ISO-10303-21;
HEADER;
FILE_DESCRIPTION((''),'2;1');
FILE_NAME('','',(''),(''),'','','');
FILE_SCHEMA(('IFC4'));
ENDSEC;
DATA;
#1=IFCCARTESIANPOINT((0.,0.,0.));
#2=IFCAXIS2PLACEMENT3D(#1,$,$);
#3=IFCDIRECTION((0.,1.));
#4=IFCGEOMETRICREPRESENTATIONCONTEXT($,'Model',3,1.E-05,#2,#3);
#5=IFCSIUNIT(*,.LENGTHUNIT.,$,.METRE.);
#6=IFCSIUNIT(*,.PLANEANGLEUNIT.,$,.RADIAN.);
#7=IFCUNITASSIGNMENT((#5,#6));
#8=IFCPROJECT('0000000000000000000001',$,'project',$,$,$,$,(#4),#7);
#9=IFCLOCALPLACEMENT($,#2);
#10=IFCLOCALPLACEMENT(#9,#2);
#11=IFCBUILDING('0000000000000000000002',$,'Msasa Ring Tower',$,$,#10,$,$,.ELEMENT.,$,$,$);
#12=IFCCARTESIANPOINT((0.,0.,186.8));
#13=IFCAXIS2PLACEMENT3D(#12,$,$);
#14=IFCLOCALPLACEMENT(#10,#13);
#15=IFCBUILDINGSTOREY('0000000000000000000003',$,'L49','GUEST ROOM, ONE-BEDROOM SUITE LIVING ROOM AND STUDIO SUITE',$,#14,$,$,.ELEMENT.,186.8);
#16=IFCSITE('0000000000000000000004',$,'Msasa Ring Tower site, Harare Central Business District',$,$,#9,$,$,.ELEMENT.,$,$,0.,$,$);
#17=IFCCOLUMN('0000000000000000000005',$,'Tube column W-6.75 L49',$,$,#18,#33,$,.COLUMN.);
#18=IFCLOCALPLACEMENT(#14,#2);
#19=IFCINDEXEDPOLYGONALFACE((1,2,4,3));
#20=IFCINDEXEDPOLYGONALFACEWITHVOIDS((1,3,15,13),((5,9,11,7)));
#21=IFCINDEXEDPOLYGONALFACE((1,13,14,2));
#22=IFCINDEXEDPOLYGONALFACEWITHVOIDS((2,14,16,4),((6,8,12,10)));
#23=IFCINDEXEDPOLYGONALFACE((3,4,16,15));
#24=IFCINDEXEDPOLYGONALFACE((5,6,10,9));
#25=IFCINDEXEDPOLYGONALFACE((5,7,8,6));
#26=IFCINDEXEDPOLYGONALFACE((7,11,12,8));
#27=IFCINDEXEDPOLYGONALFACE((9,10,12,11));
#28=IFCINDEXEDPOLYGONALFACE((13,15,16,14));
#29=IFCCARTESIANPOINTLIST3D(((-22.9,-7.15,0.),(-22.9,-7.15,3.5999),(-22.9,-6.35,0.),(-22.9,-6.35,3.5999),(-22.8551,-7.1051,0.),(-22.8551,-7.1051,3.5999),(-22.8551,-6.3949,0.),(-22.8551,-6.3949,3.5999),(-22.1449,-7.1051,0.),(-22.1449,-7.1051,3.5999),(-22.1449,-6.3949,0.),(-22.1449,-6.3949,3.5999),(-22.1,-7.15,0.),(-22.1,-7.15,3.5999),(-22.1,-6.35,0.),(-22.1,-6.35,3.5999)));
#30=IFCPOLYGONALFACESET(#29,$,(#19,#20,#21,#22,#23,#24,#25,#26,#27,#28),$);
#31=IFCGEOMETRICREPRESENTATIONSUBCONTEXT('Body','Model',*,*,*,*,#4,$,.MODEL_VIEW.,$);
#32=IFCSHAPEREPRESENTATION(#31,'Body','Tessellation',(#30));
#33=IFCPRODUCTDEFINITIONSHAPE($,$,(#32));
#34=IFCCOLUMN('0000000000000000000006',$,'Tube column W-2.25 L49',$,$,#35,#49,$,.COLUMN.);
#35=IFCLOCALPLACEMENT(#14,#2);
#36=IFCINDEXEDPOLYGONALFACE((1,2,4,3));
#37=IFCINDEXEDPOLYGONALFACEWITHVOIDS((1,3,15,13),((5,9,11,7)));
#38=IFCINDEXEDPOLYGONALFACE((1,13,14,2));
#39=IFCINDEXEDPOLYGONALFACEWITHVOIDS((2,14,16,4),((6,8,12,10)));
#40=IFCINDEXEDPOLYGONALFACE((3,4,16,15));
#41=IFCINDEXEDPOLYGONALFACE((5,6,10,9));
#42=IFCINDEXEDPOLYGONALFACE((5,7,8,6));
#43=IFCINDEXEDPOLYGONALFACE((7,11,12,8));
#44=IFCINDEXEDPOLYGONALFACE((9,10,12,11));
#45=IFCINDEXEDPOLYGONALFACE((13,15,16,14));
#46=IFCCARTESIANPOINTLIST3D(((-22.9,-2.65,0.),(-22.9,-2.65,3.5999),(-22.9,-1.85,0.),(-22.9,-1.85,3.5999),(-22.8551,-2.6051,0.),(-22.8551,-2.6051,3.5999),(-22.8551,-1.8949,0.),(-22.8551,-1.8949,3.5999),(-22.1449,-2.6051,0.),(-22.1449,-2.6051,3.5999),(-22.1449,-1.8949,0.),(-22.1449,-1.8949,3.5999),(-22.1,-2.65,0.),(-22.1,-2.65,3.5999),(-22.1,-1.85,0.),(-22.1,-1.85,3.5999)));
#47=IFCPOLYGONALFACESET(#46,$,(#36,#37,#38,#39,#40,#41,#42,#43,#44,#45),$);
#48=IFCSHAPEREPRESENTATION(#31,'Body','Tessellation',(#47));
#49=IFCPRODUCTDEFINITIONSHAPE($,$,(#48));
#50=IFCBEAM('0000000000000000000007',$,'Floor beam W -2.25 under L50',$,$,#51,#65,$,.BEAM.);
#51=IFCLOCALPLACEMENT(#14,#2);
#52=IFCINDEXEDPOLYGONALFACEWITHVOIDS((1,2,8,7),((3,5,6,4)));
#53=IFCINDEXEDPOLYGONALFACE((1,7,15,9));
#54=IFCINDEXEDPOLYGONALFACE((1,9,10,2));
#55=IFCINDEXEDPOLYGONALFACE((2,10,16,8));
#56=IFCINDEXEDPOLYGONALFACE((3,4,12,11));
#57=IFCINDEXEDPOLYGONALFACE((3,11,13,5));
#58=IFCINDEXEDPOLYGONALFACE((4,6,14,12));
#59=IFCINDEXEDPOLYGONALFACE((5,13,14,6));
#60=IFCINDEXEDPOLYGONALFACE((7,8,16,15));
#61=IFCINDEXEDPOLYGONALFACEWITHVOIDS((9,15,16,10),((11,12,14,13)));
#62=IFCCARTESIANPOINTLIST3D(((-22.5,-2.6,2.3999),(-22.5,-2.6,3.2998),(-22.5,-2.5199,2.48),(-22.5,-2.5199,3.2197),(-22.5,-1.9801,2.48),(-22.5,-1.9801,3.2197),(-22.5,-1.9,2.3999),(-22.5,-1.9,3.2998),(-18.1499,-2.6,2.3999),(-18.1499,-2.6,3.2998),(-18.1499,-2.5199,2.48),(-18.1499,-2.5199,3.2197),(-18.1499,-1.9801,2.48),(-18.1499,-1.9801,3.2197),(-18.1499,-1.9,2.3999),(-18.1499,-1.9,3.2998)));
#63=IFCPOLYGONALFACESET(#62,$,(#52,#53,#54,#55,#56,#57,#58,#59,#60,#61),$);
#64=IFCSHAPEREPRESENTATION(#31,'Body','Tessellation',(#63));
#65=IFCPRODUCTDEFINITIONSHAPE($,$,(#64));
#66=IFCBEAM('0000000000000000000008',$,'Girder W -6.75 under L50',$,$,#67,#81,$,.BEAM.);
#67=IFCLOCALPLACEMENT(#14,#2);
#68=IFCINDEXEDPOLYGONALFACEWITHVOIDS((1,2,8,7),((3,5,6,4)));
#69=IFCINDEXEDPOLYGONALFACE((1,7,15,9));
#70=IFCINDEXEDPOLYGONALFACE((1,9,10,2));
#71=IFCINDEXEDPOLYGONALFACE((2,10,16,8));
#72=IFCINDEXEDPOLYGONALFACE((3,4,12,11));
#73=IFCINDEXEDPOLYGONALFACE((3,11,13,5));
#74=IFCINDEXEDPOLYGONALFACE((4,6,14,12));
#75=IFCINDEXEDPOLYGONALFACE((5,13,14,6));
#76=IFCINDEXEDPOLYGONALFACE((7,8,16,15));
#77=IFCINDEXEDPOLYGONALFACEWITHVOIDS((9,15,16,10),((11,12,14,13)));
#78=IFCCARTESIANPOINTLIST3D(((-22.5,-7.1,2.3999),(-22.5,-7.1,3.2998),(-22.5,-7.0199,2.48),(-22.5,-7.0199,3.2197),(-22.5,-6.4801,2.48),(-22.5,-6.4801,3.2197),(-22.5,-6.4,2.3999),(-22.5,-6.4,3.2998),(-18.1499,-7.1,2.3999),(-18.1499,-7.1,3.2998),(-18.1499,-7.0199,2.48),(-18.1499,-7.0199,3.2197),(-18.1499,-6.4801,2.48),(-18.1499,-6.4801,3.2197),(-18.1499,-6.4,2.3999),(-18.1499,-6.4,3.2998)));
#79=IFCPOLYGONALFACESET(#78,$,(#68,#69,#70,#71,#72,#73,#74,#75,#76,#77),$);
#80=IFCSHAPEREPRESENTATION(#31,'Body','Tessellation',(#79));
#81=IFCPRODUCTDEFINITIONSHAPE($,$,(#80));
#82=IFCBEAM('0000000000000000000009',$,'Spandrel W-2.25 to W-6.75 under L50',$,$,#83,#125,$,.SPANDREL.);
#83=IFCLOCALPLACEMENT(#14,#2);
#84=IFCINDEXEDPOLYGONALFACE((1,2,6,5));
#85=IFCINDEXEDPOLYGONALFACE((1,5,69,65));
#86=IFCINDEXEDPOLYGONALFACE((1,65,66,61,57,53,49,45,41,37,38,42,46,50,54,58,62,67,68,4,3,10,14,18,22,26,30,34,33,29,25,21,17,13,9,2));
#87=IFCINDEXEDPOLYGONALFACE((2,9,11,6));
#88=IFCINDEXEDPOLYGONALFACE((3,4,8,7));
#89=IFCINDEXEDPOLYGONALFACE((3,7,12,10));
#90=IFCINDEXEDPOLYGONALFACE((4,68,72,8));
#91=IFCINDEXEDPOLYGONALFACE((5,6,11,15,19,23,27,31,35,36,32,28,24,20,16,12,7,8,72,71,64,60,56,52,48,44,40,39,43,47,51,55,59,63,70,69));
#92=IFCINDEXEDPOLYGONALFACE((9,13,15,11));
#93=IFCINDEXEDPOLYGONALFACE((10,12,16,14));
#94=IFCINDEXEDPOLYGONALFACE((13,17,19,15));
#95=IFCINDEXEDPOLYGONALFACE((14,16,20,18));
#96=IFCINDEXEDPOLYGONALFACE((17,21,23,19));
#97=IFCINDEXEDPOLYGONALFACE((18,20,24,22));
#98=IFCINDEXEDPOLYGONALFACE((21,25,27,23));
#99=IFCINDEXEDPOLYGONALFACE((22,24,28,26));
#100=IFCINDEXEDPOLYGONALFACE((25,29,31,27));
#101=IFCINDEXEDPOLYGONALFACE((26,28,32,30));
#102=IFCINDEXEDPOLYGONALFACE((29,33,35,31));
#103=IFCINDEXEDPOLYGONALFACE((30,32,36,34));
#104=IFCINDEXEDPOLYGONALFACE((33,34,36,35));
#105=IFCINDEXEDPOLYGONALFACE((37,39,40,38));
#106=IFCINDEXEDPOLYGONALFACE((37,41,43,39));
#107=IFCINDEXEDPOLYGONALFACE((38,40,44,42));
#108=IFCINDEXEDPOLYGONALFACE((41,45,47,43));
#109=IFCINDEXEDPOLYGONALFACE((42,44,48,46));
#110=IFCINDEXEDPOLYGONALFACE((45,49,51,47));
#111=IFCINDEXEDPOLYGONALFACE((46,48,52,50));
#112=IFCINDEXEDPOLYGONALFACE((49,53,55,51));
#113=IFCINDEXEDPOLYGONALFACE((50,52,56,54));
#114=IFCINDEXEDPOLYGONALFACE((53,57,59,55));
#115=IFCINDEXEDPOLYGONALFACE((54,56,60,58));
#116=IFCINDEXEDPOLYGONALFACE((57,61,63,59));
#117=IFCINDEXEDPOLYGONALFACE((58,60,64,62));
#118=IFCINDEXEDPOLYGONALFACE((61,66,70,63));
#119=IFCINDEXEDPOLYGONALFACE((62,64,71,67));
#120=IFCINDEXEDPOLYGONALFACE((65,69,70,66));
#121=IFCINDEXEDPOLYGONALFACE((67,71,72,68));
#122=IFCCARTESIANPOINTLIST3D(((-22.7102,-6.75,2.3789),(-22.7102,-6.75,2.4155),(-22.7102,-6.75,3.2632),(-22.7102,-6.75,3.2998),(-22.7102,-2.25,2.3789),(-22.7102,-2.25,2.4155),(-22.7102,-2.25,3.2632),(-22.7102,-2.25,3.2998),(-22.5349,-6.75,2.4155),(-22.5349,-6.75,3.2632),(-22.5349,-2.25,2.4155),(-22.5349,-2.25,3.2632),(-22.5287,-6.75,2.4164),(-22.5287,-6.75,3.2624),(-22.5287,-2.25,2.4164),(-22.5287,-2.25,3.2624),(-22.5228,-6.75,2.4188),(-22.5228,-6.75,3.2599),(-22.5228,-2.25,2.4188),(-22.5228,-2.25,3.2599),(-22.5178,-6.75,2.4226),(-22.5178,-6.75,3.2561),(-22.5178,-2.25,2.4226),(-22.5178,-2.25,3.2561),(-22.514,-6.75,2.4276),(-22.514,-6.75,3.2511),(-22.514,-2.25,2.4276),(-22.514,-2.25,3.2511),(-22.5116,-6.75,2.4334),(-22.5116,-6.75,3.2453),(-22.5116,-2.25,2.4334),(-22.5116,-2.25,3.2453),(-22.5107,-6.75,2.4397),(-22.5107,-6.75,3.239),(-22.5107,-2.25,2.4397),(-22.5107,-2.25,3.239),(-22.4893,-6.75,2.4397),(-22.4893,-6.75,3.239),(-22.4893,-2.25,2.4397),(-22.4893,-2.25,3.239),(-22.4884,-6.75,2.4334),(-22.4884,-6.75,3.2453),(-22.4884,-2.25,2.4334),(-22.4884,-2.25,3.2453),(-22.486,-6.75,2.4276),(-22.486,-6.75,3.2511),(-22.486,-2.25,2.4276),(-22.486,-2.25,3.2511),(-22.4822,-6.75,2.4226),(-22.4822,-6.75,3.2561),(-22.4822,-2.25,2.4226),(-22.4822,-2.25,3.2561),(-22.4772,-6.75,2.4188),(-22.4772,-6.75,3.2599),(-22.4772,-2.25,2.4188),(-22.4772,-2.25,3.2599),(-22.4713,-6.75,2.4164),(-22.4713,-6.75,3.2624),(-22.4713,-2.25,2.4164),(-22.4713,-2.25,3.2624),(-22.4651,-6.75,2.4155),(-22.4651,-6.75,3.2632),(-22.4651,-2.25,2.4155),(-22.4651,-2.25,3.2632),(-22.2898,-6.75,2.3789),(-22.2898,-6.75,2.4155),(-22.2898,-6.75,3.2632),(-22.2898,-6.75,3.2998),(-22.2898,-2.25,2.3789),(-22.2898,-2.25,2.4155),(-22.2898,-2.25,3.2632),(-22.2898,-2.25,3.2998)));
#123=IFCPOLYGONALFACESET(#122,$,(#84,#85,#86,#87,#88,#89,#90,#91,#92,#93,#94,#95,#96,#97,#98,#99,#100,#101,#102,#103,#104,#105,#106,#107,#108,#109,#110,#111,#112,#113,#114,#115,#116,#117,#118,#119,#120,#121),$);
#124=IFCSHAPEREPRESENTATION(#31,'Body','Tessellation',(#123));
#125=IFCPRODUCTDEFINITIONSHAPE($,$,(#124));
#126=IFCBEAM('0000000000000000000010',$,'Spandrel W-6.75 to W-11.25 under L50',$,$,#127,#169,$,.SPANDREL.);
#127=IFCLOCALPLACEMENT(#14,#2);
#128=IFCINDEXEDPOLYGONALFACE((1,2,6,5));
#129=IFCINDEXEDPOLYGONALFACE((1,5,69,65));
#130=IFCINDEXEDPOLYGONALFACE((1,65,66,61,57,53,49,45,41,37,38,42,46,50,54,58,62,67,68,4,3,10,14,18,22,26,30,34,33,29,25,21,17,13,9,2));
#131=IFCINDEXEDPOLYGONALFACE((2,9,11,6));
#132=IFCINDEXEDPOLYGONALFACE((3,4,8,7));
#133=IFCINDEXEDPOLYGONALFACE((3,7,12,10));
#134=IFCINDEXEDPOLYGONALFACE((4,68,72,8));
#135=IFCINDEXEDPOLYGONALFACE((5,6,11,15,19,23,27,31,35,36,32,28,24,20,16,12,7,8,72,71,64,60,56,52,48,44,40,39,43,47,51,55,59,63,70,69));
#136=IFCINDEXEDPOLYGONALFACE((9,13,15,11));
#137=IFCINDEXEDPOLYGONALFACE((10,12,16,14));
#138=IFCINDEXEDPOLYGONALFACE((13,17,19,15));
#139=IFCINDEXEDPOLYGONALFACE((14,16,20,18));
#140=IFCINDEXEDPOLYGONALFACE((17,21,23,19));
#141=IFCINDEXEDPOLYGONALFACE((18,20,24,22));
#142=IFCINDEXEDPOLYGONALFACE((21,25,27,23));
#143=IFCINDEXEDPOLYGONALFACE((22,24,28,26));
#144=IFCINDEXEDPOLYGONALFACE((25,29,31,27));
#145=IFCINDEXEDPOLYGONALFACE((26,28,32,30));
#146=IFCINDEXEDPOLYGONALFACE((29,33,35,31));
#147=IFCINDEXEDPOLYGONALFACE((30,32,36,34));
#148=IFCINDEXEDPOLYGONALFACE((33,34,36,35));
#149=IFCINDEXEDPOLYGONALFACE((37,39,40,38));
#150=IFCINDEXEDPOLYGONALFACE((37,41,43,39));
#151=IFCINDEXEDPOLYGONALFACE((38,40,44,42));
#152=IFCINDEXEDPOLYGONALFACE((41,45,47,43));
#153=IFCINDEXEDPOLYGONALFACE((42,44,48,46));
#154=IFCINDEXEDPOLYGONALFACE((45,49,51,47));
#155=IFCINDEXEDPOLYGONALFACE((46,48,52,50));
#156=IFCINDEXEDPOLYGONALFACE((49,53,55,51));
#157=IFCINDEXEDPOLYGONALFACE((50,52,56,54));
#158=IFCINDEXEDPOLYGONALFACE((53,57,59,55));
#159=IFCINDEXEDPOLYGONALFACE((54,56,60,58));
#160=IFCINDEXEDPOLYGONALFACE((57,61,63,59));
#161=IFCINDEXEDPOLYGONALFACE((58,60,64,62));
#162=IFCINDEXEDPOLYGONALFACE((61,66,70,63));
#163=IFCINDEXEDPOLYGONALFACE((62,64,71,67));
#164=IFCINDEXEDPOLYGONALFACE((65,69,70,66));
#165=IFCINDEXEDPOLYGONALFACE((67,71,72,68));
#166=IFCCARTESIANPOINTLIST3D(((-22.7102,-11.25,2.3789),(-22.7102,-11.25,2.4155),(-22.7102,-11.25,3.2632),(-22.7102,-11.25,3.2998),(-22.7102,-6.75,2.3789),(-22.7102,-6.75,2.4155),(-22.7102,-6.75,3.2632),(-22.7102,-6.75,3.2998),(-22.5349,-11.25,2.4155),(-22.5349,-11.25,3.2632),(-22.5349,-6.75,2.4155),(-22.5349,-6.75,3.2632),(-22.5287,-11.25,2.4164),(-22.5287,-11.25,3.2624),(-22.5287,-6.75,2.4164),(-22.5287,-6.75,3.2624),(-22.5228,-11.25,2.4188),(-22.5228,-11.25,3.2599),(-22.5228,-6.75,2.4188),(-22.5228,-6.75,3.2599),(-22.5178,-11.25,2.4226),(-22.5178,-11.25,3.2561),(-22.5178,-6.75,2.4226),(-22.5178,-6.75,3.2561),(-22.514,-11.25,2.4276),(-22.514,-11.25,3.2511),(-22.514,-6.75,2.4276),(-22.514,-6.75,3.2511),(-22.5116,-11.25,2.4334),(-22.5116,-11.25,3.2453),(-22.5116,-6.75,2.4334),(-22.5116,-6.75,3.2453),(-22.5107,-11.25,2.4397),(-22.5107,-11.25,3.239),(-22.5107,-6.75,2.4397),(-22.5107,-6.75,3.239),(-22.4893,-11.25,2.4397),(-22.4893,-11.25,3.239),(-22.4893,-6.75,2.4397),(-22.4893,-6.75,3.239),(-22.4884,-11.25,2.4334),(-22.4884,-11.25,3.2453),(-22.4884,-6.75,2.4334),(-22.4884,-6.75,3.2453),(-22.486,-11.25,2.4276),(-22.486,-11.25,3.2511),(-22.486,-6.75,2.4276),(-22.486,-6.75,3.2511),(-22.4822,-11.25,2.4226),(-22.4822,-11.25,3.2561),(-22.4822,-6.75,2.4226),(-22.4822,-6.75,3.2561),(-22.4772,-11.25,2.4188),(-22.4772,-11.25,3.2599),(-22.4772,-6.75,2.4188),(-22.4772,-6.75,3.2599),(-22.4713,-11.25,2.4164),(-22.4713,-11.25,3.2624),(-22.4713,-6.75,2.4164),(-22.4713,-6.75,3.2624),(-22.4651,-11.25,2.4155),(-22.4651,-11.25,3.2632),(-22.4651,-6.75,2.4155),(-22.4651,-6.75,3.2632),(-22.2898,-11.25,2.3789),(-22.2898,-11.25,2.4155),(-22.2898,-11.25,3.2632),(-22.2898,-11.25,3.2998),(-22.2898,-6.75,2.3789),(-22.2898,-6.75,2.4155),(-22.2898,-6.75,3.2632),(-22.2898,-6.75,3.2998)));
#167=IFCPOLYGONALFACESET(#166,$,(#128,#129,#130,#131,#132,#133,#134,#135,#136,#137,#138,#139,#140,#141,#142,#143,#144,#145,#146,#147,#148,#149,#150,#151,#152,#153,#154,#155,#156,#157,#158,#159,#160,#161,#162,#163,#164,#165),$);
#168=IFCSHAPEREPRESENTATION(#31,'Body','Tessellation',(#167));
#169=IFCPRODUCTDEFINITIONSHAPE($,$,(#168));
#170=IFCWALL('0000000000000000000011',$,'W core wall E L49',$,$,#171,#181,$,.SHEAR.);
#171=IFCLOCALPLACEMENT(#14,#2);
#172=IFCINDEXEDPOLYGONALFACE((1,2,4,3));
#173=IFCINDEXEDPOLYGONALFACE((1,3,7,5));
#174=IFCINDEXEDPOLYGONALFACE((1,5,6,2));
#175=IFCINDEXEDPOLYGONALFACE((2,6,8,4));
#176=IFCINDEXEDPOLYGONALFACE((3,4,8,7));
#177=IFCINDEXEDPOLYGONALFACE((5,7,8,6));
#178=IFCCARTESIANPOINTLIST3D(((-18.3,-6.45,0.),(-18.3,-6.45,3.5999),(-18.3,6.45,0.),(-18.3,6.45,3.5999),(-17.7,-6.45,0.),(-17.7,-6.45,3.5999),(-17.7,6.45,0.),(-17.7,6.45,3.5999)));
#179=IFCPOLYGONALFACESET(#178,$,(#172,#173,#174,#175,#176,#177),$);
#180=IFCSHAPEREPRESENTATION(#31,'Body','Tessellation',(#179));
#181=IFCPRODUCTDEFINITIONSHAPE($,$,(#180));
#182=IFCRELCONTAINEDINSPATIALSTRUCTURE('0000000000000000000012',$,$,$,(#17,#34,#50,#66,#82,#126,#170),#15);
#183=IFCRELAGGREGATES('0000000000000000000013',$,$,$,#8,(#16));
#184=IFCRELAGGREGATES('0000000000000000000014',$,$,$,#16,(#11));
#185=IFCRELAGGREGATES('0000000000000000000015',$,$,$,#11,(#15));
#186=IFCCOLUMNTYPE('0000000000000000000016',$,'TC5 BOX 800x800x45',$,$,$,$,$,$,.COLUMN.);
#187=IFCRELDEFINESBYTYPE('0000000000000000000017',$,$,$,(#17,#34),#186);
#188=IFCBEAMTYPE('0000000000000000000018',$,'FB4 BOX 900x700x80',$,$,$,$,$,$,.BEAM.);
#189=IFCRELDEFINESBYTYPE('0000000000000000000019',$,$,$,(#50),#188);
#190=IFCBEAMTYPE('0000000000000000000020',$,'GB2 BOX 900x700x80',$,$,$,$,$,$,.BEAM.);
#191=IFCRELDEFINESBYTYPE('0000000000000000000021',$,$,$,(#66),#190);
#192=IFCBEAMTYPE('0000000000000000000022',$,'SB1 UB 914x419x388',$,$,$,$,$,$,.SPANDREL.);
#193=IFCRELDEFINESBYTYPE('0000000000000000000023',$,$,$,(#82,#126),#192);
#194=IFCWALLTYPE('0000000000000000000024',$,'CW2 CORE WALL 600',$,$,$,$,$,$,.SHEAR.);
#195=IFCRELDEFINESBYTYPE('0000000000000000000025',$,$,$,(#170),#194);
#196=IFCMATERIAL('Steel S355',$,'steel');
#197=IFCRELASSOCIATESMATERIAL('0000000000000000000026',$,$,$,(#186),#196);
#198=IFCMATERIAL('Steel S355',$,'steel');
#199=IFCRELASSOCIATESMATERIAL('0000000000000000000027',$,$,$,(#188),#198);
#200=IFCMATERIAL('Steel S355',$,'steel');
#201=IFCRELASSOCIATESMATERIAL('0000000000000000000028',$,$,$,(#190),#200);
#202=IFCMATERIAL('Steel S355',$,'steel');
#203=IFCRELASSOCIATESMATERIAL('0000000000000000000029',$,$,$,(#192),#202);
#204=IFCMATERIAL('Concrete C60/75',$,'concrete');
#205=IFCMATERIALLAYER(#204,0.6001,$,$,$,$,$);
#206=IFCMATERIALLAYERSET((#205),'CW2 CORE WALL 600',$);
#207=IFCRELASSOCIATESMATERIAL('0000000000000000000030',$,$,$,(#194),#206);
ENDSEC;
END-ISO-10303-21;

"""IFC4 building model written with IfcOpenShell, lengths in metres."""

from ifc_helpers import new_model, si_unit, direction, frame, frame_2d, origin, origin_2d, place, context, subcontext, project, spatial, rectangle, hollow_rectangle, i_section, extrude, material, layer, layer_set, material_profile, profile_set, type_object, element, save


model = new_model("IFC4")

# Units and contexts
model_context = context("Model", 3, precision=1e-05, world=origin(), true_north=direction((0.0, 1.0)))
body_context = subcontext(model_context, "Body", "Model", "MODEL_VIEW")
ifc_project = project(units=[si_unit("LENGTHUNIT", "METRE"), si_unit("PLANEANGLEUNIT", "RADIAN")], contexts=[model_context])

# Site, building, storey
site_placement = place(None, origin())
site = spatial("IfcSite", under=ifc_project, at=site_placement, Name="Msasa Ring Tower site, Harare Central Business District", CompositionType="ELEMENT", RefElevation=0.0)
building_placement = place(site_placement, origin())
building = spatial("IfcBuilding", under=site, at=building_placement, Name="Msasa Ring Tower", CompositionType="ELEMENT")
storey_placement = place(building_placement, frame((0.0, 0.0, 186.8)))
storey = spatial("IfcBuildingStorey", under=building, at=storey_placement, Name="L49", Description="GUEST ROOM, ONE-BEDROOM SUITE LIVING ROOM AND STUDIO SUITE", CompositionType="ELEMENT", Elevation=186.8)

# Columns
ifc_material_1 = material(Name="Steel S355", Category="steel")
ifc_material_profile_1 = material_profile(ifc_material_1, hollow_rectangle(XDim=0.8, YDim=0.8, WallThickness=0.0449, at=origin_2d()), Name="BOX 800x800x45")
ifc_profile_set_1 = profile_set([ifc_material_profile_1], Name="Steel S355")
column_type = type_object("IfcColumnType", Name="TC5 BOX 800x800x45", PredefinedType="COLUMN", material=ifc_profile_set_1)
for number, where, z_axis, x_axis, name in (
    (1, (-22.5, -6.75, 0.0), (0.0, 0.0, 1.0), (1.0, 0.0, 0.0), "Tube column W-6.75 L49"),
    (2, (-22.5, -2.25, 0.0), (0.0, 0.0, 1.0), (1.0, 0.0, 0.0), "Tube column W-2.25 L49"),
):
    element("IfcColumn", number, at=place(storey_placement, frame(where, z_axis=z_axis, x_axis=x_axis)), inside=storey, type_object=column_type, Name=name, PredefinedType="COLUMN", context=body_context, shape_type="SweptSolid", body=[
        extrude(hollow_rectangle(XDim=0.8, YDim=0.8, WallThickness=0.0449, at=origin_2d()), origin(), (0.0, 0.0, 1.0), 3.5999),
    ])

# Beams
ifc_material_2 = material(Name="Steel S355", Category="steel")
ifc_material_profile_2 = material_profile(ifc_material_2, hollow_rectangle(XDim=0.7, YDim=0.8999, WallThickness=0.0801, at=origin_2d()), Name="BOX 900x700x80")
ifc_profile_set_2 = profile_set([ifc_material_profile_2], Name="Steel S355")
beam_type_1 = type_object("IfcBeamType", Name="FB4 BOX 900x700x80", PredefinedType="BEAM", material=ifc_profile_set_2)
beam_1_placement = place(storey_placement, frame((-22.5, -2.25, 2.8499), z_axis=(1.0, 0.0, 0.0), x_axis=(0.0, 1.0, 0.0)))
element("IfcBeam", 3, at=beam_1_placement, inside=storey, type_object=beam_type_1, Name="Floor beam W -2.25 under L50", PredefinedType="BEAM", context=body_context, shape_type="SweptSolid", body=[
    extrude(hollow_rectangle(XDim=0.7, YDim=0.8999, WallThickness=0.0801, at=origin_2d()), origin(), (0.0, 0.0, 1.0), 4.3501),
])
ifc_material_3 = material(Name="Steel S355", Category="steel")
ifc_material_profile_3 = material_profile(ifc_material_3, hollow_rectangle(XDim=0.7, YDim=0.8999, WallThickness=0.0801, at=origin_2d()), Name="BOX 900x700x80")
ifc_profile_set_3 = profile_set([ifc_material_profile_3], Name="Steel S355")
beam_type_2 = type_object("IfcBeamType", Name="GB2 BOX 900x700x80", PredefinedType="BEAM", material=ifc_profile_set_3)
beam_2_placement = place(storey_placement, frame((-18.1499, -6.75, 2.8499), z_axis=(-1.0, 0.0, 0.0), x_axis=(0.0, -1.0, 0.0)))
element("IfcBeam", 4, at=beam_2_placement, inside=storey, type_object=beam_type_2, Name="Girder W -6.75 under L50", PredefinedType="BEAM", context=body_context, shape_type="SweptSolid", body=[
    extrude(hollow_rectangle(XDim=0.7, YDim=0.8999, WallThickness=0.0801, at=origin_2d()), origin(), (0.0, 0.0, 1.0), 4.3501),
])
ifc_material_4 = material(Name="Steel S355", Category="steel")
ifc_material_profile_4 = material_profile(ifc_material_4, i_section(OverallWidth=0.4204, OverallDepth=0.9209, WebThickness=0.0215, FlangeThickness=0.0366, FilletRadius=0.0242, at=origin_2d()), Name="UB 914x419x388")
ifc_profile_set_4 = profile_set([ifc_material_profile_4], Name="Steel S355")
beam_type_3 = type_object("IfcBeamType", Name="SB1 UB 914x419x388", PredefinedType="SPANDREL", material=ifc_profile_set_4)
for number, where, z_axis, x_axis, name in (
    (5, (-22.5, -2.25, 2.8394), (0.0, -1.0, 0.0), (1.0, 0.0, 0.0), "Spandrel W-2.25 to W-6.75 under L50"),
    (6, (-22.5, -6.75, 2.8394), (0.0, -1.0, 0.0), (1.0, 0.0, 0.0), "Spandrel W-6.75 to W-11.25 under L50"),
):
    element("IfcBeam", number, at=place(storey_placement, frame(where, z_axis=z_axis, x_axis=x_axis)), inside=storey, type_object=beam_type_3, Name=name, PredefinedType="SPANDREL", context=body_context, shape_type="SweptSolid", body=[
        extrude(i_section(OverallWidth=0.4204, OverallDepth=0.9209, WebThickness=0.0215, FlangeThickness=0.0366, FilletRadius=0.0242, at=origin_2d()), origin(), (0.0, 0.0, 1.0), 4.5),
    ])

# Wall
ifc_material_5 = material(Name="Concrete C60/75", Category="concrete")
ifc_layer_1 = layer(ifc_material_5, 0.6001)
ifc_layer_set_1 = layer_set([ifc_layer_1], Name="CW2 CORE WALL 600")
wall_type_1 = type_object("IfcWallType", Name="CW2 CORE WALL 600", PredefinedType="SHEAR", material=ifc_layer_set_1)
wall_1_placement = place(storey_placement, frame((-18.0, -6.45, 0.0), z_axis=(0.0, 0.0, 1.0), x_axis=(0.0, 1.0, 0.0)))
element("IfcWall", 7, at=wall_1_placement, inside=storey, type_object=wall_type_1, Name="W core wall E L49", PredefinedType="SHEAR", context=body_context, shape_type="SweptSolid", body=[
    extrude(rectangle(XDim=12.8999, YDim=0.6001, at=frame_2d((6.45, 0.0))), origin(), (0.0, 0.0, 1.0), 3.5999),
])

save(model, "model.ifc")
